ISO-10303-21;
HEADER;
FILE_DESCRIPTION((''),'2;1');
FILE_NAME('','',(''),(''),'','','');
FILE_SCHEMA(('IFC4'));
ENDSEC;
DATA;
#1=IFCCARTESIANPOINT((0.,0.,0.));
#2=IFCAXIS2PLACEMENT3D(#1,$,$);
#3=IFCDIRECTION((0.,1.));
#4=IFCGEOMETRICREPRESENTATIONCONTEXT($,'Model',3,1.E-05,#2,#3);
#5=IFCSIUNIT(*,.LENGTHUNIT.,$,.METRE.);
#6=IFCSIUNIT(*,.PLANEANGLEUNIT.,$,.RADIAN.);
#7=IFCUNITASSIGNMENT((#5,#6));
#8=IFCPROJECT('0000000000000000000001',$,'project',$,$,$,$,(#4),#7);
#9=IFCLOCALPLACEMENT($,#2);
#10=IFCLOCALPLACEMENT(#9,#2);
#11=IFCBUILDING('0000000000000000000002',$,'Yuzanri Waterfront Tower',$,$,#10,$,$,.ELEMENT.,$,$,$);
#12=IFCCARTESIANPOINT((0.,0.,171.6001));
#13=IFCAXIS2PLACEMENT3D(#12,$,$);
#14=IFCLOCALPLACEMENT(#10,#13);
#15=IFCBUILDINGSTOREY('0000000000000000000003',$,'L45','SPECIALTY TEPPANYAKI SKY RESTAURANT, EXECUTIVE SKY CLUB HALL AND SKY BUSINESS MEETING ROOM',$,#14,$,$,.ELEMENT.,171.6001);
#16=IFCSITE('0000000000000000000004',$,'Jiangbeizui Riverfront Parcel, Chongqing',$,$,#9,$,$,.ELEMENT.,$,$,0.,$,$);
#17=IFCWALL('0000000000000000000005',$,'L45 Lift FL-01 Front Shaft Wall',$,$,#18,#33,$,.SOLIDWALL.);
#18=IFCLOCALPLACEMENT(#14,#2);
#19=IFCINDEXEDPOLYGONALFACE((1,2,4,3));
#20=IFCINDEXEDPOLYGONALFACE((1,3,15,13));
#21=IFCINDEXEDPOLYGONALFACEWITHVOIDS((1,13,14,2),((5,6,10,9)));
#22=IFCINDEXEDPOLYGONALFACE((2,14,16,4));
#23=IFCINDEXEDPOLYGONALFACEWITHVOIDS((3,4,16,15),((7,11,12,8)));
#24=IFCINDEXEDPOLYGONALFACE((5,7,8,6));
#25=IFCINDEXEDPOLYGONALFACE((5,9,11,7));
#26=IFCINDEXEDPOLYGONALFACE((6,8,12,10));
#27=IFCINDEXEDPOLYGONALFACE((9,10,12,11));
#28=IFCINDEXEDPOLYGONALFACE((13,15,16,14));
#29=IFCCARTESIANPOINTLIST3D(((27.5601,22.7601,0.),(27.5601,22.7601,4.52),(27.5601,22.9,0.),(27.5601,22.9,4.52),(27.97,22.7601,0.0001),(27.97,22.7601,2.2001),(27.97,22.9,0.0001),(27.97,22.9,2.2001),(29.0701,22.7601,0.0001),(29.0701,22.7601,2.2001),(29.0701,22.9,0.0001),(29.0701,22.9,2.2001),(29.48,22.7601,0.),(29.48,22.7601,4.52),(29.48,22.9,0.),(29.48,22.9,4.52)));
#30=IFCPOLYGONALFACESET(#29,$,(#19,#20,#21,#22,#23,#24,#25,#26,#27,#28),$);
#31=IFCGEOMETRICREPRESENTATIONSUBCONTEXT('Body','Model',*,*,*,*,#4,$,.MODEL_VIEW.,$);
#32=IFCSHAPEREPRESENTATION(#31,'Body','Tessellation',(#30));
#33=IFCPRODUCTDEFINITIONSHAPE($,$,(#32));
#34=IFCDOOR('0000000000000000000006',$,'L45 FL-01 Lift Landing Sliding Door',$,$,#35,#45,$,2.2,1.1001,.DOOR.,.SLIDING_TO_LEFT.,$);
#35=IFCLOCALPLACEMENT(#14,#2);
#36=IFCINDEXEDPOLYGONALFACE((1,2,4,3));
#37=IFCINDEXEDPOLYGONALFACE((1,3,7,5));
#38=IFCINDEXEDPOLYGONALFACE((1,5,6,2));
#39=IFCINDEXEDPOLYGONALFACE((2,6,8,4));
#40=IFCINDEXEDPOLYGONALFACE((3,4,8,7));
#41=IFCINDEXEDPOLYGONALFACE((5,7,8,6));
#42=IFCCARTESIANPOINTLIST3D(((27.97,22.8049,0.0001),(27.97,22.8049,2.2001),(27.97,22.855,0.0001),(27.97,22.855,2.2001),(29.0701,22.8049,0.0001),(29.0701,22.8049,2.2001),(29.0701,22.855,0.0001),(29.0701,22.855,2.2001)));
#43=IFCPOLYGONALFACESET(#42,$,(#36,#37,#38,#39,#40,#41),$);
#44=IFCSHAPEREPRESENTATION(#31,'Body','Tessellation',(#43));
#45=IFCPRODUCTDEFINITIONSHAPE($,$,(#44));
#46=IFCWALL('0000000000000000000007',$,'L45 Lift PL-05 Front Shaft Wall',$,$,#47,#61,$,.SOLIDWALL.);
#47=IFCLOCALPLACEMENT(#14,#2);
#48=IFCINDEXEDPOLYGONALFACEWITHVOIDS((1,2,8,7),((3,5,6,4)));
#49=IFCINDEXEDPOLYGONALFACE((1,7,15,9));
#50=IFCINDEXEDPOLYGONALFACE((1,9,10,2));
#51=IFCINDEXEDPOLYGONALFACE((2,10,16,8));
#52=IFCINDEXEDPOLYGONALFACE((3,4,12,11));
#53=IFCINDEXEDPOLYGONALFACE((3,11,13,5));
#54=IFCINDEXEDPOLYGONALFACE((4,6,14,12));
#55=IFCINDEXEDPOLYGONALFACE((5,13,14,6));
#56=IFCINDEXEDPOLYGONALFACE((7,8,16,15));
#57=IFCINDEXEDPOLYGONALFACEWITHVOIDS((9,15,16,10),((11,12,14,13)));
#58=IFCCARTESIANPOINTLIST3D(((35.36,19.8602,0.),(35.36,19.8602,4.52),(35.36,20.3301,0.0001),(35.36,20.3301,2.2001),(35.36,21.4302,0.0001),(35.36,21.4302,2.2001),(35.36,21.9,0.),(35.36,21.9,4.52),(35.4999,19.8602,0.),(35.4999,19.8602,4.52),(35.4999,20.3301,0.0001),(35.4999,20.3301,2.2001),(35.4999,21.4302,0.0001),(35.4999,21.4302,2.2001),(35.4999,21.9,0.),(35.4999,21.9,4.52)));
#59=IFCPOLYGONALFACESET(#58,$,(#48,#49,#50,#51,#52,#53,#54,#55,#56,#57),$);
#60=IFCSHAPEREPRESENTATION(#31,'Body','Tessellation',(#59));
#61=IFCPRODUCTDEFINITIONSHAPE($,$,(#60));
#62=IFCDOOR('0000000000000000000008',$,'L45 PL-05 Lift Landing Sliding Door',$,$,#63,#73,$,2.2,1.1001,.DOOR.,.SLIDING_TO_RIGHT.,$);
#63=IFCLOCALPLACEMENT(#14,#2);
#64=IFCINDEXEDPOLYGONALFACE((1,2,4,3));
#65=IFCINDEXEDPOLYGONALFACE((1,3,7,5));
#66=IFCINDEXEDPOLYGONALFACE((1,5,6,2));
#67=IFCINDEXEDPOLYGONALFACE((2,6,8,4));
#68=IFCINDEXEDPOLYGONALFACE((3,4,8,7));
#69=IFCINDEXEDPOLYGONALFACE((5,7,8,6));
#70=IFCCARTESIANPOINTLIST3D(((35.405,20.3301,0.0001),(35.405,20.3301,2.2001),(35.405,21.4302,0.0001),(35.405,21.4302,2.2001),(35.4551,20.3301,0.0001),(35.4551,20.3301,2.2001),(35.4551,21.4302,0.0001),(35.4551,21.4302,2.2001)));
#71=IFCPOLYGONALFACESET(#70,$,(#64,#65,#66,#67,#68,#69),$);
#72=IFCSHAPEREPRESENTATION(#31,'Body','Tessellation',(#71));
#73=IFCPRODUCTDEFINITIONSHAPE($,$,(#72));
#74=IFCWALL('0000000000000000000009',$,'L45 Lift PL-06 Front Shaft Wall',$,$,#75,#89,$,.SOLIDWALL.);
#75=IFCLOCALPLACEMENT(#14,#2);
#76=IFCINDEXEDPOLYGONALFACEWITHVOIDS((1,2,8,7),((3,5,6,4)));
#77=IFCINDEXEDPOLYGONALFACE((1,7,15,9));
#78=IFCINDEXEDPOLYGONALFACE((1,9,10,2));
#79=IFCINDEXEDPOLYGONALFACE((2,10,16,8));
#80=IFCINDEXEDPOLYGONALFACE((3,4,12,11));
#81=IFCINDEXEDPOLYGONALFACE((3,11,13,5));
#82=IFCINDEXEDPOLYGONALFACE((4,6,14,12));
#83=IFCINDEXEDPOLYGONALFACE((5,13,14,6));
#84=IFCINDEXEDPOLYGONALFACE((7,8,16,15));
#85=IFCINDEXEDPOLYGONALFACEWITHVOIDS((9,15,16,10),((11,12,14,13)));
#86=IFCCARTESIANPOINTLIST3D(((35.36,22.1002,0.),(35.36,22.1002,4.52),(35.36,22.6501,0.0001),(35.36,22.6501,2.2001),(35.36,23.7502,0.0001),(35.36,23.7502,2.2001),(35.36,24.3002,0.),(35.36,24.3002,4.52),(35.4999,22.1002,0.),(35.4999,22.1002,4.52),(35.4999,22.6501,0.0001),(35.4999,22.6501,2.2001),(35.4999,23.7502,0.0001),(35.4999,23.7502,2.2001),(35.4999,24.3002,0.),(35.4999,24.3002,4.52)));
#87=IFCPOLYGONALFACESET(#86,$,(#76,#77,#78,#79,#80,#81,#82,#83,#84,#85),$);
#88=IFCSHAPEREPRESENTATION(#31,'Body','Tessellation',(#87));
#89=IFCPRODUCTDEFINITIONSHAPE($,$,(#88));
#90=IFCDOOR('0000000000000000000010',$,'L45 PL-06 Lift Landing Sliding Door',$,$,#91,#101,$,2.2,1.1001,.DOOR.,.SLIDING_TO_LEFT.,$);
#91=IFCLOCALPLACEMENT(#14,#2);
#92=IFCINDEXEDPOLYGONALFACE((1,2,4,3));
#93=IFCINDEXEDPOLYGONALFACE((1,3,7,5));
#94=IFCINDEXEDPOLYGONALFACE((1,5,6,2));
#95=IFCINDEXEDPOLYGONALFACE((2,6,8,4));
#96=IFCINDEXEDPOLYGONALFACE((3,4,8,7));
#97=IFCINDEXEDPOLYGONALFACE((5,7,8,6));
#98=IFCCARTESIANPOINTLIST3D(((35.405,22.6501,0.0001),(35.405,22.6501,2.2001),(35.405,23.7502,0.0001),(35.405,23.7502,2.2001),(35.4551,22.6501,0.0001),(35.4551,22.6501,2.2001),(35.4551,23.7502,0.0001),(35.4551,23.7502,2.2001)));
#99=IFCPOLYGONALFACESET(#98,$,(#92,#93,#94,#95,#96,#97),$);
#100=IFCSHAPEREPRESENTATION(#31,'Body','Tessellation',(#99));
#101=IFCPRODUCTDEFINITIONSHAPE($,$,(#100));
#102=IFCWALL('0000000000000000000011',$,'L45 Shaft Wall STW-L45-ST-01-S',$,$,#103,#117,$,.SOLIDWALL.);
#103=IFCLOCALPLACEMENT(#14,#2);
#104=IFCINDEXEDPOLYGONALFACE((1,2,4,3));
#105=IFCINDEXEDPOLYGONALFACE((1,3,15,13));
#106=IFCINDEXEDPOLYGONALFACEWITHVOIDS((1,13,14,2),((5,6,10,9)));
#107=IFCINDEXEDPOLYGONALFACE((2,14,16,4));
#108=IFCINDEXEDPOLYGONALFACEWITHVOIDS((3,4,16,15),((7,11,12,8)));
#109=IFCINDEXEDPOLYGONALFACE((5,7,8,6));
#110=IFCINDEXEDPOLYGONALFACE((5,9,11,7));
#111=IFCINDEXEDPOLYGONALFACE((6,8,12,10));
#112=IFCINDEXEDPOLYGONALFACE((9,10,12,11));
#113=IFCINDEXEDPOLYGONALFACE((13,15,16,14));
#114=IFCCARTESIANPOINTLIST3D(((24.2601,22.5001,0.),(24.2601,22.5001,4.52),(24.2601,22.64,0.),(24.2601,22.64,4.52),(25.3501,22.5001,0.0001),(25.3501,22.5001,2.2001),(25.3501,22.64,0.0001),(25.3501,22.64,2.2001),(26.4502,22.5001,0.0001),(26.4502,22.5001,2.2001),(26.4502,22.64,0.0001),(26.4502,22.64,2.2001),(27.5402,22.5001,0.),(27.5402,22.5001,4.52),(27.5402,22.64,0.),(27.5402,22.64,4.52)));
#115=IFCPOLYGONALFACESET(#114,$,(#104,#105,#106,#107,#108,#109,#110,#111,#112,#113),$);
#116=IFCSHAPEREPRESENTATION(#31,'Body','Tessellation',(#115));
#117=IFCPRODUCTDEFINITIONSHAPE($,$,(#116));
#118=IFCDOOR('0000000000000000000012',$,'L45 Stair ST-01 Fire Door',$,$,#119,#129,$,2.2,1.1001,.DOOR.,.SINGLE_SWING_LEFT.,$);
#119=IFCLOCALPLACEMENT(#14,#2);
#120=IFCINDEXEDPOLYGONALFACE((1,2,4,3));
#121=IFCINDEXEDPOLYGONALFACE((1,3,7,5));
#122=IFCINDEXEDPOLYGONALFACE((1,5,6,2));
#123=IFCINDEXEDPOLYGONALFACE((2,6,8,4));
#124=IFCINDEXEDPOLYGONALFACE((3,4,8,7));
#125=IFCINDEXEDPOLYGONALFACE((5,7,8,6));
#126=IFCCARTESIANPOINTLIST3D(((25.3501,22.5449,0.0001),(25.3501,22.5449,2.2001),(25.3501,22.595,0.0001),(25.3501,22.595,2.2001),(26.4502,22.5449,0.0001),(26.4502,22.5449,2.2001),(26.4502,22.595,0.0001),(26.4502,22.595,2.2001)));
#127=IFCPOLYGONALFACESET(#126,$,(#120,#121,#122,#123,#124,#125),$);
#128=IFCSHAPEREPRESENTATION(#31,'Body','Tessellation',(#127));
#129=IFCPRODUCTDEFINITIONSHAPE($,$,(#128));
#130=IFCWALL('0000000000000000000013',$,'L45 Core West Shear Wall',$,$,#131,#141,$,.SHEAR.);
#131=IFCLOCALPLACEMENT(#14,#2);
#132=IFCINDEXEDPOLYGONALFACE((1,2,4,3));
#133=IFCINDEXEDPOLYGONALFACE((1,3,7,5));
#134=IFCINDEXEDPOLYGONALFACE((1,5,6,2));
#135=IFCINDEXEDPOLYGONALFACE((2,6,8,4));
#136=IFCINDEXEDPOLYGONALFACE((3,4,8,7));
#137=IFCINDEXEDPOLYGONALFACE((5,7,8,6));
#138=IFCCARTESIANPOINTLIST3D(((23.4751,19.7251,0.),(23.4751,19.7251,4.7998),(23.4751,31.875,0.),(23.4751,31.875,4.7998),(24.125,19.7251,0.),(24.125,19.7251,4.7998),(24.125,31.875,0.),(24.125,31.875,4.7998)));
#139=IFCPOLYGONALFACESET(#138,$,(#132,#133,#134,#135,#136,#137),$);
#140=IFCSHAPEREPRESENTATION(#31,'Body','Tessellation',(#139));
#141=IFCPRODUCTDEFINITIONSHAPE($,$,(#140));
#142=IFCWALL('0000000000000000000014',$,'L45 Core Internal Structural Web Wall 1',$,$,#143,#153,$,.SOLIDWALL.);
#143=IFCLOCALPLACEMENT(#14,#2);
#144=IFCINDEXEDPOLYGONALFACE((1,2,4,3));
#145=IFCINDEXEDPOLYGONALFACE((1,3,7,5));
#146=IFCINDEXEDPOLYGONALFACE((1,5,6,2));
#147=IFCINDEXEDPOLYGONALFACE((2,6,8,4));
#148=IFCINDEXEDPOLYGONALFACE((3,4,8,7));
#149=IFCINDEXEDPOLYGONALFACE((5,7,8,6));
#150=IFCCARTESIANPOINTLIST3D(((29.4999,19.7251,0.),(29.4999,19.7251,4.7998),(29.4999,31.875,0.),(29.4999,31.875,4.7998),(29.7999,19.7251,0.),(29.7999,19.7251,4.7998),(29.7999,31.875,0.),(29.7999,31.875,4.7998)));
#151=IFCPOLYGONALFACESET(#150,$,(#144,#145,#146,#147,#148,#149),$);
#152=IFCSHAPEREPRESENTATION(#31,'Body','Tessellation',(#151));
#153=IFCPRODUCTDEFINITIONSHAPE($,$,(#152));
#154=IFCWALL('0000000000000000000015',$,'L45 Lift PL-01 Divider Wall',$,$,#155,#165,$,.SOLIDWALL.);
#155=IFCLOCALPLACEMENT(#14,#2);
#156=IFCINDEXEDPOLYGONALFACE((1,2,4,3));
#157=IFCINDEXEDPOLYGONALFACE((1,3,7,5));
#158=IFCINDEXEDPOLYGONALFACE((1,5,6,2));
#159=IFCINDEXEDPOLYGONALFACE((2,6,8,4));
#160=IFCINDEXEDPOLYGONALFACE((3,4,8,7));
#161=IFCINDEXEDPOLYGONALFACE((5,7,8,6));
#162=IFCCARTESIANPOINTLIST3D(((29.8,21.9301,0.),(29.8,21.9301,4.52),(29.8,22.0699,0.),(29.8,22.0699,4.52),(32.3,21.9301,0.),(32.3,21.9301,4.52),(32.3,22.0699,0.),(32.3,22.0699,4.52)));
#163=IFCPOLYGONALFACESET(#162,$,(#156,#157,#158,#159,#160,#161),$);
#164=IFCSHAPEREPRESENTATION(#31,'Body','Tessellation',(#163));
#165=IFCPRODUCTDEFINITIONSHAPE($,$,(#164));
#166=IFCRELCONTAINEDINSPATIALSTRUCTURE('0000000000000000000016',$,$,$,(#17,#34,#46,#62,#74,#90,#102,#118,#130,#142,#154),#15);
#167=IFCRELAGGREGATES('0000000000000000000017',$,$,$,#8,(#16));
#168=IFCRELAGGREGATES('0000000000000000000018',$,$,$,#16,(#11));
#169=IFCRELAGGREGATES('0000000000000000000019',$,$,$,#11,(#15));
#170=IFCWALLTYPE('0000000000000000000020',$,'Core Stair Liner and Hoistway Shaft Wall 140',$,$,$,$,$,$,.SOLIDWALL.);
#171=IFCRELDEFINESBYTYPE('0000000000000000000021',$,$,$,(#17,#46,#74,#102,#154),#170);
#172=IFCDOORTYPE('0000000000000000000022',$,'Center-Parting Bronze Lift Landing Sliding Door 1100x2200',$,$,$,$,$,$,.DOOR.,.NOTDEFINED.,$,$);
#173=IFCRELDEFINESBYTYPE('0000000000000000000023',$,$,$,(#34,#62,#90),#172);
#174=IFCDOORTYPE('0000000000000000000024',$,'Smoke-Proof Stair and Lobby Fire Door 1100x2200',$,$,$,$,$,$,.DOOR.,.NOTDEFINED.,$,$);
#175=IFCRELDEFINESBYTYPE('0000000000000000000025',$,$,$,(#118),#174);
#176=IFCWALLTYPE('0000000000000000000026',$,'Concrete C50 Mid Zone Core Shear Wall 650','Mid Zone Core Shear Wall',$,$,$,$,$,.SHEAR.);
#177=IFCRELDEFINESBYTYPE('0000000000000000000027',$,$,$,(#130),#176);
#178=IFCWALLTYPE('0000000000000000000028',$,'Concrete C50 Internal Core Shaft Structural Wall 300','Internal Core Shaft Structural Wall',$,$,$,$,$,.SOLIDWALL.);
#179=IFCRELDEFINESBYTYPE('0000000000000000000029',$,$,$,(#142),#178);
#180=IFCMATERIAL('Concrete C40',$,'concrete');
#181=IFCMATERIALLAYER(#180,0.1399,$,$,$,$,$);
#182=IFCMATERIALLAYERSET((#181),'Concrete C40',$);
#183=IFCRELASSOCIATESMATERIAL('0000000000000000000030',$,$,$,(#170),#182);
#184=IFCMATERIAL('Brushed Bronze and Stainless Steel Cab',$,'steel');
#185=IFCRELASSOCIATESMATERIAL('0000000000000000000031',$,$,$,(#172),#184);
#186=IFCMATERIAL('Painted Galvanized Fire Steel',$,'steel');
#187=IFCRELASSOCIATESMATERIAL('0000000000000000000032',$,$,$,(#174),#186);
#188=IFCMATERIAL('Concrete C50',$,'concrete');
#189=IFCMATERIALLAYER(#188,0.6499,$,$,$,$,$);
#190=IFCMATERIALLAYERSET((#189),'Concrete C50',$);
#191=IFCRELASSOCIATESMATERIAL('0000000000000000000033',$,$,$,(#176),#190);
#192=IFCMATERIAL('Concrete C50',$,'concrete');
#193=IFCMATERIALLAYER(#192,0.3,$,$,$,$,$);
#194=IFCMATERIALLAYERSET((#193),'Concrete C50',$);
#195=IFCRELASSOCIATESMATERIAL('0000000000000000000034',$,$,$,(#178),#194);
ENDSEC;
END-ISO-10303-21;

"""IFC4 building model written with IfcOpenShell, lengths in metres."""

from ifc_helpers import new_model, si_unit, direction, frame, frame_2d, origin, place, context, subcontext, project, spatial, rectangle, extrude, source, transform, mapped, material, layer, layer_set, type_object, element, fill, save


model = new_model("IFC4")

# Units and contexts
model_context = context("Model", 3, precision=1e-05, world=origin(), true_north=direction((0.0, 1.0)))
body_context = subcontext(model_context, "Body", "Model", "MODEL_VIEW")
ifc_project = project(units=[si_unit("LENGTHUNIT", "METRE"), si_unit("PLANEANGLEUNIT", "RADIAN")], contexts=[model_context])

# Site, building, storey
site_placement = place(None, origin())
site = spatial("IfcSite", under=ifc_project, at=site_placement, Name="Jiangbeizui Riverfront Parcel, Chongqing", CompositionType="ELEMENT", RefElevation=0.0)
building_placement = place(site_placement, origin())
building = spatial("IfcBuilding", under=site, at=building_placement, Name="Yuzanri Waterfront Tower", CompositionType="ELEMENT")
storey_placement = place(building_placement, frame((0.0, 0.0, 171.6001)))
storey = spatial("IfcBuildingStorey", under=building, at=storey_placement, Name="L45", Description="SPECIALTY TEPPANYAKI SKY RESTAURANT, EXECUTIVE SKY CLUB HALL AND SKY BUSINESS MEETING ROOM", CompositionType="ELEMENT", Elevation=171.6001)

# Walls, openings, doors
ifc_material_1 = material(Name="Concrete C40", Category="concrete")
ifc_layer_1 = layer(ifc_material_1, 0.1399)
ifc_layer_set_1 = layer_set([ifc_layer_1], Name="Concrete C40")
wall_type_1 = type_object("IfcWallType", Name="Core Stair Liner and Hoistway Shaft Wall 140", PredefinedType="SOLIDWALL", material=ifc_layer_set_1)
wall_1_placement = place(storey_placement, frame((27.5601, 22.8301, 0.0), z_axis=(0.0, 0.0, 1.0), x_axis=(1.0, 0.0, 0.0)))
wall_1 = element("IfcWall", 1, at=wall_1_placement, inside=storey, type_object=wall_type_1, Name="L45 Lift FL-01 Front Shaft Wall", PredefinedType="SOLIDWALL", context=body_context, shape_type="SweptSolid", body=[
    extrude(rectangle(XDim=1.9199, YDim=0.1399, at=frame_2d((0.96, 0.0))), origin(), (0.0, 0.0, 1.0), 4.52),
])
opening_1_placement = place(wall_1_placement, frame((0.4099, 0.0, 0.0)))
opening_1 = element("IfcOpeningElement", 2, at=opening_1_placement, cuts=wall_1, PredefinedType="OPENING", context=body_context, shape_type="SweptSolid", body=[
    extrude(rectangle(XDim=1.1001, YDim=2.2, at=frame_2d((0.55, 1.1001))), frame((0.0, 0.085, 0.0), z_axis=(0.0, -1.0, 0.0), x_axis=(1.0, 0.0, 0.0)), (0.0, 0.0, 1.0), 0.1697),
])
ifc_material_2 = material(Name="Brushed Bronze and Stainless Steel Cab", Category="steel")
door_type_1 = type_object("IfcDoorType", Name="Center-Parting Bronze Lift Landing Sliding Door 1100x2200", OperationType="NOTDEFINED", PredefinedType="DOOR", material=ifc_material_2)
shared_shape_1 = source(origin(), body_context, "Body", "SweptSolid", [
    extrude(rectangle(XDim=1.1001, YDim=2.2, at=frame_2d((0.55, 1.1001))), frame((0.0, 0.0249, 0.0), z_axis=(0.0, -1.0, 0.0), x_axis=(1.0, 0.0, 0.0)), (0.0, 0.0, 1.0), 0.05),
])
door_1_placement = place(opening_1_placement, origin())
door_1 = element("IfcDoor", 3, at=door_1_placement, inside=storey, type_object=door_type_1, Name="L45 FL-01 Lift Landing Sliding Door", OperationType="SLIDING_TO_LEFT", OverallHeight=2.2, OverallWidth=1.1001, PredefinedType="DOOR", context=body_context, shape_type="MappedRepresentation", body=[
    mapped(shared_shape_1, transform((0.0, 0.0, 0.0), scale=1.0)),
])
fill(opening_1, door_1)
wall_2_placement = place(storey_placement, frame((35.4299, 19.8601, 0.0), z_axis=(0.0, 0.0, 1.0), x_axis=(0.0, 1.0, 0.0)))
wall_2 = element("IfcWall", 4, at=wall_2_placement, inside=storey, type_object=wall_type_1, Name="L45 Lift PL-05 Front Shaft Wall", PredefinedType="SOLIDWALL", context=body_context, shape_type="SweptSolid", body=[
    extrude(rectangle(XDim=2.0398, YDim=0.1399, at=frame_2d((1.02, 0.0))), origin(), (0.0, 0.0, 1.0), 4.52),
])
opening_2_placement = place(wall_2_placement, frame((0.47, 0.0, 0.0)))
opening_2 = element("IfcOpeningElement", 5, at=opening_2_placement, cuts=wall_2, PredefinedType="OPENING", context=body_context, shape_type="SweptSolid", body=[
    extrude(rectangle(XDim=1.1001, YDim=2.2, at=frame_2d((0.55, 1.1001))), frame((0.0, 0.085, 0.0), z_axis=(0.0, -1.0, 0.0), x_axis=(1.0, 0.0, 0.0)), (0.0, 0.0, 1.0), 0.1697),
])
door_2_placement = place(opening_2_placement, origin())
door_2 = element("IfcDoor", 6, at=door_2_placement, inside=storey, type_object=door_type_1, Name="L45 PL-05 Lift Landing Sliding Door", OperationType="SLIDING_TO_RIGHT", OverallHeight=2.2, OverallWidth=1.1001, PredefinedType="DOOR", context=body_context, shape_type="MappedRepresentation", body=[
    mapped(shared_shape_1, transform((0.0, 0.0, 0.0), scale=1.0)),
])
fill(opening_2, door_2)
wall_3_placement = place(storey_placement, frame((35.4299, 22.1001, 0.0), z_axis=(0.0, 0.0, 1.0), x_axis=(0.0, 1.0, 0.0)))
wall_3 = element("IfcWall", 7, at=wall_3_placement, inside=storey, type_object=wall_type_1, Name="L45 Lift PL-06 Front Shaft Wall", PredefinedType="SOLIDWALL", context=body_context, shape_type="SweptSolid", body=[
    extrude(rectangle(XDim=2.2, YDim=0.1399, at=frame_2d((1.1001, 0.0))), origin(), (0.0, 0.0, 1.0), 4.52),
])
opening_3_placement = place(wall_3_placement, frame((0.55, 0.0, 0.0)))
opening_3 = element("IfcOpeningElement", 8, at=opening_3_placement, cuts=wall_3, PredefinedType="OPENING", context=body_context, shape_type="SweptSolid", body=[
    extrude(rectangle(XDim=1.1001, YDim=2.2, at=frame_2d((0.55, 1.1001))), frame((0.0, 0.085, 0.0), z_axis=(0.0, -1.0, 0.0), x_axis=(1.0, 0.0, 0.0)), (0.0, 0.0, 1.0), 0.1697),
])
door_3_placement = place(opening_3_placement, origin())
door_3 = element("IfcDoor", 9, at=door_3_placement, inside=storey, type_object=door_type_1, Name="L45 PL-06 Lift Landing Sliding Door", OperationType="SLIDING_TO_LEFT", OverallHeight=2.2, OverallWidth=1.1001, PredefinedType="DOOR", context=body_context, shape_type="MappedRepresentation", body=[
    mapped(shared_shape_1, transform((0.0, 0.0, 0.0), scale=1.0)),
])
fill(opening_3, door_3)
wall_4_placement = place(storey_placement, frame((24.26, 22.5701, 0.0), z_axis=(0.0, 0.0, 1.0), x_axis=(1.0, 0.0, 0.0)))
wall_4 = element("IfcWall", 10, at=wall_4_placement, inside=storey, type_object=wall_type_1, Name="L45 Shaft Wall STW-L45-ST-01-S", PredefinedType="SOLIDWALL", context=body_context, shape_type="SweptSolid", body=[
    extrude(rectangle(XDim=3.28, YDim=0.1399, at=frame_2d((1.6401, 0.0))), origin(), (0.0, 0.0, 1.0), 4.52),
])
opening_4_placement = place(wall_4_placement, frame((1.0901, 0.0, 0.0)))
opening_4 = element("IfcOpeningElement", 11, at=opening_4_placement, cuts=wall_4, PredefinedType="OPENING", context=body_context, shape_type="SweptSolid", body=[
    extrude(rectangle(XDim=1.1001, YDim=2.2, at=frame_2d((0.55, 1.1001))), frame((0.0, 0.085, 0.0), z_axis=(0.0, -1.0, 0.0), x_axis=(1.0, 0.0, 0.0)), (0.0, 0.0, 1.0), 0.1697),
])
ifc_material_3 = material(Name="Painted Galvanized Fire Steel", Category="steel")
door_type_2 = type_object("IfcDoorType", Name="Smoke-Proof Stair and Lobby Fire Door 1100x2200", OperationType="NOTDEFINED", PredefinedType="DOOR", material=ifc_material_3)
shared_shape_2 = source(origin(), body_context, "Body", "SweptSolid", [
    extrude(rectangle(XDim=1.1001, YDim=2.2, at=frame_2d((0.55, 1.1001))), frame((0.0, 0.0249, 0.0), z_axis=(0.0, -1.0, 0.0), x_axis=(1.0, 0.0, 0.0)), (0.0, 0.0, 1.0), 0.05),
])
door_4_placement = place(opening_4_placement, origin())
door_4 = element("IfcDoor", 12, at=door_4_placement, inside=storey, type_object=door_type_2, Name="L45 Stair ST-01 Fire Door", OperationType="SINGLE_SWING_LEFT", OverallHeight=2.2, OverallWidth=1.1001, PredefinedType="DOOR", context=body_context, shape_type="MappedRepresentation", body=[
    mapped(shared_shape_2, transform((0.0, 0.0, 0.0), scale=1.0)),
])
fill(opening_4, door_4)

# Walls
ifc_material_4 = material(Name="Concrete C50", Category="concrete")
ifc_layer_2 = layer(ifc_material_4, 0.6499)
ifc_layer_set_2 = layer_set([ifc_layer_2], Name="Concrete C50")
wall_type_2 = type_object("IfcWallType", Name="Concrete C50 Mid Zone Core Shear Wall 650", Description="Mid Zone Core Shear Wall", PredefinedType="SHEAR", material=ifc_layer_set_2)
shared_shape_3 = source(origin(), body_context, "Body", "SweptSolid", [
    extrude(rectangle(XDim=12.1499, YDim=0.6499, at=frame_2d((6.075, 0.0))), origin(), (0.0, 0.0, 1.0), 4.7998),
])
wall_5_placement = place(storey_placement, frame((23.8, 19.7251, 0.0), z_axis=(0.0, 0.0, 1.0), x_axis=(0.0, 1.0, 0.0)))
element("IfcWall", 13, at=wall_5_placement, inside=storey, type_object=wall_type_2, Name="L45 Core West Shear Wall", PredefinedType="SHEAR", context=body_context, shape_type="MappedRepresentation", body=[
    mapped(shared_shape_3, transform((0.0, 0.0, 0.0), scale=1.0)),
])
ifc_material_5 = material(Name="Concrete C50", Category="concrete")
ifc_layer_3 = layer(ifc_material_5, 0.3)
ifc_layer_set_3 = layer_set([ifc_layer_3], Name="Concrete C50")
wall_type_3 = type_object("IfcWallType", Name="Concrete C50 Internal Core Shaft Structural Wall 300", Description="Internal Core Shaft Structural Wall", PredefinedType="SOLIDWALL", material=ifc_layer_set_3)
shared_shape_4 = source(origin(), body_context, "Body", "SweptSolid", [
    extrude(rectangle(XDim=12.1499, YDim=0.3, at=frame_2d((6.075, 0.0))), origin(), (0.0, 0.0, 1.0), 4.7998),
])
wall_6_placement = place(storey_placement, frame((29.6499, 19.7251, 0.0), z_axis=(0.0, 0.0, 1.0), x_axis=(0.0, 1.0, 0.0)))
element("IfcWall", 14, at=wall_6_placement, inside=storey, type_object=wall_type_3, Name="L45 Core Internal Structural Web Wall 1", PredefinedType="SOLIDWALL", context=body_context, shape_type="MappedRepresentation", body=[
    mapped(shared_shape_4, transform((0.0, 0.0, 0.0), scale=1.0)),
])
shared_shape_5 = source(origin(), body_context, "Body", "SweptSolid", [
    extrude(rectangle(XDim=2.5, YDim=0.1399, at=frame_2d((1.25, 0.0))), origin(), (0.0, 0.0, 1.0), 4.52),
])
for number, where, z_axis, x_axis, name in (
    (15, (29.8, 22.0, 0.0), (0.0, 0.0, 1.0), (1.0, 0.0, 0.0), "L45 Lift PL-01 Divider Wall"),
):
    element("IfcWall", number, at=place(storey_placement, frame(where, z_axis=z_axis, x_axis=x_axis)), inside=storey, type_object=wall_type_1, Name=name, PredefinedType="SOLIDWALL", context=body_context, shape_type="MappedRepresentation", body=[
        mapped(shared_shape_5, transform((0.0, 0.0, 0.0), scale=1.0)),
    ])

save(model, "model.ifc")
